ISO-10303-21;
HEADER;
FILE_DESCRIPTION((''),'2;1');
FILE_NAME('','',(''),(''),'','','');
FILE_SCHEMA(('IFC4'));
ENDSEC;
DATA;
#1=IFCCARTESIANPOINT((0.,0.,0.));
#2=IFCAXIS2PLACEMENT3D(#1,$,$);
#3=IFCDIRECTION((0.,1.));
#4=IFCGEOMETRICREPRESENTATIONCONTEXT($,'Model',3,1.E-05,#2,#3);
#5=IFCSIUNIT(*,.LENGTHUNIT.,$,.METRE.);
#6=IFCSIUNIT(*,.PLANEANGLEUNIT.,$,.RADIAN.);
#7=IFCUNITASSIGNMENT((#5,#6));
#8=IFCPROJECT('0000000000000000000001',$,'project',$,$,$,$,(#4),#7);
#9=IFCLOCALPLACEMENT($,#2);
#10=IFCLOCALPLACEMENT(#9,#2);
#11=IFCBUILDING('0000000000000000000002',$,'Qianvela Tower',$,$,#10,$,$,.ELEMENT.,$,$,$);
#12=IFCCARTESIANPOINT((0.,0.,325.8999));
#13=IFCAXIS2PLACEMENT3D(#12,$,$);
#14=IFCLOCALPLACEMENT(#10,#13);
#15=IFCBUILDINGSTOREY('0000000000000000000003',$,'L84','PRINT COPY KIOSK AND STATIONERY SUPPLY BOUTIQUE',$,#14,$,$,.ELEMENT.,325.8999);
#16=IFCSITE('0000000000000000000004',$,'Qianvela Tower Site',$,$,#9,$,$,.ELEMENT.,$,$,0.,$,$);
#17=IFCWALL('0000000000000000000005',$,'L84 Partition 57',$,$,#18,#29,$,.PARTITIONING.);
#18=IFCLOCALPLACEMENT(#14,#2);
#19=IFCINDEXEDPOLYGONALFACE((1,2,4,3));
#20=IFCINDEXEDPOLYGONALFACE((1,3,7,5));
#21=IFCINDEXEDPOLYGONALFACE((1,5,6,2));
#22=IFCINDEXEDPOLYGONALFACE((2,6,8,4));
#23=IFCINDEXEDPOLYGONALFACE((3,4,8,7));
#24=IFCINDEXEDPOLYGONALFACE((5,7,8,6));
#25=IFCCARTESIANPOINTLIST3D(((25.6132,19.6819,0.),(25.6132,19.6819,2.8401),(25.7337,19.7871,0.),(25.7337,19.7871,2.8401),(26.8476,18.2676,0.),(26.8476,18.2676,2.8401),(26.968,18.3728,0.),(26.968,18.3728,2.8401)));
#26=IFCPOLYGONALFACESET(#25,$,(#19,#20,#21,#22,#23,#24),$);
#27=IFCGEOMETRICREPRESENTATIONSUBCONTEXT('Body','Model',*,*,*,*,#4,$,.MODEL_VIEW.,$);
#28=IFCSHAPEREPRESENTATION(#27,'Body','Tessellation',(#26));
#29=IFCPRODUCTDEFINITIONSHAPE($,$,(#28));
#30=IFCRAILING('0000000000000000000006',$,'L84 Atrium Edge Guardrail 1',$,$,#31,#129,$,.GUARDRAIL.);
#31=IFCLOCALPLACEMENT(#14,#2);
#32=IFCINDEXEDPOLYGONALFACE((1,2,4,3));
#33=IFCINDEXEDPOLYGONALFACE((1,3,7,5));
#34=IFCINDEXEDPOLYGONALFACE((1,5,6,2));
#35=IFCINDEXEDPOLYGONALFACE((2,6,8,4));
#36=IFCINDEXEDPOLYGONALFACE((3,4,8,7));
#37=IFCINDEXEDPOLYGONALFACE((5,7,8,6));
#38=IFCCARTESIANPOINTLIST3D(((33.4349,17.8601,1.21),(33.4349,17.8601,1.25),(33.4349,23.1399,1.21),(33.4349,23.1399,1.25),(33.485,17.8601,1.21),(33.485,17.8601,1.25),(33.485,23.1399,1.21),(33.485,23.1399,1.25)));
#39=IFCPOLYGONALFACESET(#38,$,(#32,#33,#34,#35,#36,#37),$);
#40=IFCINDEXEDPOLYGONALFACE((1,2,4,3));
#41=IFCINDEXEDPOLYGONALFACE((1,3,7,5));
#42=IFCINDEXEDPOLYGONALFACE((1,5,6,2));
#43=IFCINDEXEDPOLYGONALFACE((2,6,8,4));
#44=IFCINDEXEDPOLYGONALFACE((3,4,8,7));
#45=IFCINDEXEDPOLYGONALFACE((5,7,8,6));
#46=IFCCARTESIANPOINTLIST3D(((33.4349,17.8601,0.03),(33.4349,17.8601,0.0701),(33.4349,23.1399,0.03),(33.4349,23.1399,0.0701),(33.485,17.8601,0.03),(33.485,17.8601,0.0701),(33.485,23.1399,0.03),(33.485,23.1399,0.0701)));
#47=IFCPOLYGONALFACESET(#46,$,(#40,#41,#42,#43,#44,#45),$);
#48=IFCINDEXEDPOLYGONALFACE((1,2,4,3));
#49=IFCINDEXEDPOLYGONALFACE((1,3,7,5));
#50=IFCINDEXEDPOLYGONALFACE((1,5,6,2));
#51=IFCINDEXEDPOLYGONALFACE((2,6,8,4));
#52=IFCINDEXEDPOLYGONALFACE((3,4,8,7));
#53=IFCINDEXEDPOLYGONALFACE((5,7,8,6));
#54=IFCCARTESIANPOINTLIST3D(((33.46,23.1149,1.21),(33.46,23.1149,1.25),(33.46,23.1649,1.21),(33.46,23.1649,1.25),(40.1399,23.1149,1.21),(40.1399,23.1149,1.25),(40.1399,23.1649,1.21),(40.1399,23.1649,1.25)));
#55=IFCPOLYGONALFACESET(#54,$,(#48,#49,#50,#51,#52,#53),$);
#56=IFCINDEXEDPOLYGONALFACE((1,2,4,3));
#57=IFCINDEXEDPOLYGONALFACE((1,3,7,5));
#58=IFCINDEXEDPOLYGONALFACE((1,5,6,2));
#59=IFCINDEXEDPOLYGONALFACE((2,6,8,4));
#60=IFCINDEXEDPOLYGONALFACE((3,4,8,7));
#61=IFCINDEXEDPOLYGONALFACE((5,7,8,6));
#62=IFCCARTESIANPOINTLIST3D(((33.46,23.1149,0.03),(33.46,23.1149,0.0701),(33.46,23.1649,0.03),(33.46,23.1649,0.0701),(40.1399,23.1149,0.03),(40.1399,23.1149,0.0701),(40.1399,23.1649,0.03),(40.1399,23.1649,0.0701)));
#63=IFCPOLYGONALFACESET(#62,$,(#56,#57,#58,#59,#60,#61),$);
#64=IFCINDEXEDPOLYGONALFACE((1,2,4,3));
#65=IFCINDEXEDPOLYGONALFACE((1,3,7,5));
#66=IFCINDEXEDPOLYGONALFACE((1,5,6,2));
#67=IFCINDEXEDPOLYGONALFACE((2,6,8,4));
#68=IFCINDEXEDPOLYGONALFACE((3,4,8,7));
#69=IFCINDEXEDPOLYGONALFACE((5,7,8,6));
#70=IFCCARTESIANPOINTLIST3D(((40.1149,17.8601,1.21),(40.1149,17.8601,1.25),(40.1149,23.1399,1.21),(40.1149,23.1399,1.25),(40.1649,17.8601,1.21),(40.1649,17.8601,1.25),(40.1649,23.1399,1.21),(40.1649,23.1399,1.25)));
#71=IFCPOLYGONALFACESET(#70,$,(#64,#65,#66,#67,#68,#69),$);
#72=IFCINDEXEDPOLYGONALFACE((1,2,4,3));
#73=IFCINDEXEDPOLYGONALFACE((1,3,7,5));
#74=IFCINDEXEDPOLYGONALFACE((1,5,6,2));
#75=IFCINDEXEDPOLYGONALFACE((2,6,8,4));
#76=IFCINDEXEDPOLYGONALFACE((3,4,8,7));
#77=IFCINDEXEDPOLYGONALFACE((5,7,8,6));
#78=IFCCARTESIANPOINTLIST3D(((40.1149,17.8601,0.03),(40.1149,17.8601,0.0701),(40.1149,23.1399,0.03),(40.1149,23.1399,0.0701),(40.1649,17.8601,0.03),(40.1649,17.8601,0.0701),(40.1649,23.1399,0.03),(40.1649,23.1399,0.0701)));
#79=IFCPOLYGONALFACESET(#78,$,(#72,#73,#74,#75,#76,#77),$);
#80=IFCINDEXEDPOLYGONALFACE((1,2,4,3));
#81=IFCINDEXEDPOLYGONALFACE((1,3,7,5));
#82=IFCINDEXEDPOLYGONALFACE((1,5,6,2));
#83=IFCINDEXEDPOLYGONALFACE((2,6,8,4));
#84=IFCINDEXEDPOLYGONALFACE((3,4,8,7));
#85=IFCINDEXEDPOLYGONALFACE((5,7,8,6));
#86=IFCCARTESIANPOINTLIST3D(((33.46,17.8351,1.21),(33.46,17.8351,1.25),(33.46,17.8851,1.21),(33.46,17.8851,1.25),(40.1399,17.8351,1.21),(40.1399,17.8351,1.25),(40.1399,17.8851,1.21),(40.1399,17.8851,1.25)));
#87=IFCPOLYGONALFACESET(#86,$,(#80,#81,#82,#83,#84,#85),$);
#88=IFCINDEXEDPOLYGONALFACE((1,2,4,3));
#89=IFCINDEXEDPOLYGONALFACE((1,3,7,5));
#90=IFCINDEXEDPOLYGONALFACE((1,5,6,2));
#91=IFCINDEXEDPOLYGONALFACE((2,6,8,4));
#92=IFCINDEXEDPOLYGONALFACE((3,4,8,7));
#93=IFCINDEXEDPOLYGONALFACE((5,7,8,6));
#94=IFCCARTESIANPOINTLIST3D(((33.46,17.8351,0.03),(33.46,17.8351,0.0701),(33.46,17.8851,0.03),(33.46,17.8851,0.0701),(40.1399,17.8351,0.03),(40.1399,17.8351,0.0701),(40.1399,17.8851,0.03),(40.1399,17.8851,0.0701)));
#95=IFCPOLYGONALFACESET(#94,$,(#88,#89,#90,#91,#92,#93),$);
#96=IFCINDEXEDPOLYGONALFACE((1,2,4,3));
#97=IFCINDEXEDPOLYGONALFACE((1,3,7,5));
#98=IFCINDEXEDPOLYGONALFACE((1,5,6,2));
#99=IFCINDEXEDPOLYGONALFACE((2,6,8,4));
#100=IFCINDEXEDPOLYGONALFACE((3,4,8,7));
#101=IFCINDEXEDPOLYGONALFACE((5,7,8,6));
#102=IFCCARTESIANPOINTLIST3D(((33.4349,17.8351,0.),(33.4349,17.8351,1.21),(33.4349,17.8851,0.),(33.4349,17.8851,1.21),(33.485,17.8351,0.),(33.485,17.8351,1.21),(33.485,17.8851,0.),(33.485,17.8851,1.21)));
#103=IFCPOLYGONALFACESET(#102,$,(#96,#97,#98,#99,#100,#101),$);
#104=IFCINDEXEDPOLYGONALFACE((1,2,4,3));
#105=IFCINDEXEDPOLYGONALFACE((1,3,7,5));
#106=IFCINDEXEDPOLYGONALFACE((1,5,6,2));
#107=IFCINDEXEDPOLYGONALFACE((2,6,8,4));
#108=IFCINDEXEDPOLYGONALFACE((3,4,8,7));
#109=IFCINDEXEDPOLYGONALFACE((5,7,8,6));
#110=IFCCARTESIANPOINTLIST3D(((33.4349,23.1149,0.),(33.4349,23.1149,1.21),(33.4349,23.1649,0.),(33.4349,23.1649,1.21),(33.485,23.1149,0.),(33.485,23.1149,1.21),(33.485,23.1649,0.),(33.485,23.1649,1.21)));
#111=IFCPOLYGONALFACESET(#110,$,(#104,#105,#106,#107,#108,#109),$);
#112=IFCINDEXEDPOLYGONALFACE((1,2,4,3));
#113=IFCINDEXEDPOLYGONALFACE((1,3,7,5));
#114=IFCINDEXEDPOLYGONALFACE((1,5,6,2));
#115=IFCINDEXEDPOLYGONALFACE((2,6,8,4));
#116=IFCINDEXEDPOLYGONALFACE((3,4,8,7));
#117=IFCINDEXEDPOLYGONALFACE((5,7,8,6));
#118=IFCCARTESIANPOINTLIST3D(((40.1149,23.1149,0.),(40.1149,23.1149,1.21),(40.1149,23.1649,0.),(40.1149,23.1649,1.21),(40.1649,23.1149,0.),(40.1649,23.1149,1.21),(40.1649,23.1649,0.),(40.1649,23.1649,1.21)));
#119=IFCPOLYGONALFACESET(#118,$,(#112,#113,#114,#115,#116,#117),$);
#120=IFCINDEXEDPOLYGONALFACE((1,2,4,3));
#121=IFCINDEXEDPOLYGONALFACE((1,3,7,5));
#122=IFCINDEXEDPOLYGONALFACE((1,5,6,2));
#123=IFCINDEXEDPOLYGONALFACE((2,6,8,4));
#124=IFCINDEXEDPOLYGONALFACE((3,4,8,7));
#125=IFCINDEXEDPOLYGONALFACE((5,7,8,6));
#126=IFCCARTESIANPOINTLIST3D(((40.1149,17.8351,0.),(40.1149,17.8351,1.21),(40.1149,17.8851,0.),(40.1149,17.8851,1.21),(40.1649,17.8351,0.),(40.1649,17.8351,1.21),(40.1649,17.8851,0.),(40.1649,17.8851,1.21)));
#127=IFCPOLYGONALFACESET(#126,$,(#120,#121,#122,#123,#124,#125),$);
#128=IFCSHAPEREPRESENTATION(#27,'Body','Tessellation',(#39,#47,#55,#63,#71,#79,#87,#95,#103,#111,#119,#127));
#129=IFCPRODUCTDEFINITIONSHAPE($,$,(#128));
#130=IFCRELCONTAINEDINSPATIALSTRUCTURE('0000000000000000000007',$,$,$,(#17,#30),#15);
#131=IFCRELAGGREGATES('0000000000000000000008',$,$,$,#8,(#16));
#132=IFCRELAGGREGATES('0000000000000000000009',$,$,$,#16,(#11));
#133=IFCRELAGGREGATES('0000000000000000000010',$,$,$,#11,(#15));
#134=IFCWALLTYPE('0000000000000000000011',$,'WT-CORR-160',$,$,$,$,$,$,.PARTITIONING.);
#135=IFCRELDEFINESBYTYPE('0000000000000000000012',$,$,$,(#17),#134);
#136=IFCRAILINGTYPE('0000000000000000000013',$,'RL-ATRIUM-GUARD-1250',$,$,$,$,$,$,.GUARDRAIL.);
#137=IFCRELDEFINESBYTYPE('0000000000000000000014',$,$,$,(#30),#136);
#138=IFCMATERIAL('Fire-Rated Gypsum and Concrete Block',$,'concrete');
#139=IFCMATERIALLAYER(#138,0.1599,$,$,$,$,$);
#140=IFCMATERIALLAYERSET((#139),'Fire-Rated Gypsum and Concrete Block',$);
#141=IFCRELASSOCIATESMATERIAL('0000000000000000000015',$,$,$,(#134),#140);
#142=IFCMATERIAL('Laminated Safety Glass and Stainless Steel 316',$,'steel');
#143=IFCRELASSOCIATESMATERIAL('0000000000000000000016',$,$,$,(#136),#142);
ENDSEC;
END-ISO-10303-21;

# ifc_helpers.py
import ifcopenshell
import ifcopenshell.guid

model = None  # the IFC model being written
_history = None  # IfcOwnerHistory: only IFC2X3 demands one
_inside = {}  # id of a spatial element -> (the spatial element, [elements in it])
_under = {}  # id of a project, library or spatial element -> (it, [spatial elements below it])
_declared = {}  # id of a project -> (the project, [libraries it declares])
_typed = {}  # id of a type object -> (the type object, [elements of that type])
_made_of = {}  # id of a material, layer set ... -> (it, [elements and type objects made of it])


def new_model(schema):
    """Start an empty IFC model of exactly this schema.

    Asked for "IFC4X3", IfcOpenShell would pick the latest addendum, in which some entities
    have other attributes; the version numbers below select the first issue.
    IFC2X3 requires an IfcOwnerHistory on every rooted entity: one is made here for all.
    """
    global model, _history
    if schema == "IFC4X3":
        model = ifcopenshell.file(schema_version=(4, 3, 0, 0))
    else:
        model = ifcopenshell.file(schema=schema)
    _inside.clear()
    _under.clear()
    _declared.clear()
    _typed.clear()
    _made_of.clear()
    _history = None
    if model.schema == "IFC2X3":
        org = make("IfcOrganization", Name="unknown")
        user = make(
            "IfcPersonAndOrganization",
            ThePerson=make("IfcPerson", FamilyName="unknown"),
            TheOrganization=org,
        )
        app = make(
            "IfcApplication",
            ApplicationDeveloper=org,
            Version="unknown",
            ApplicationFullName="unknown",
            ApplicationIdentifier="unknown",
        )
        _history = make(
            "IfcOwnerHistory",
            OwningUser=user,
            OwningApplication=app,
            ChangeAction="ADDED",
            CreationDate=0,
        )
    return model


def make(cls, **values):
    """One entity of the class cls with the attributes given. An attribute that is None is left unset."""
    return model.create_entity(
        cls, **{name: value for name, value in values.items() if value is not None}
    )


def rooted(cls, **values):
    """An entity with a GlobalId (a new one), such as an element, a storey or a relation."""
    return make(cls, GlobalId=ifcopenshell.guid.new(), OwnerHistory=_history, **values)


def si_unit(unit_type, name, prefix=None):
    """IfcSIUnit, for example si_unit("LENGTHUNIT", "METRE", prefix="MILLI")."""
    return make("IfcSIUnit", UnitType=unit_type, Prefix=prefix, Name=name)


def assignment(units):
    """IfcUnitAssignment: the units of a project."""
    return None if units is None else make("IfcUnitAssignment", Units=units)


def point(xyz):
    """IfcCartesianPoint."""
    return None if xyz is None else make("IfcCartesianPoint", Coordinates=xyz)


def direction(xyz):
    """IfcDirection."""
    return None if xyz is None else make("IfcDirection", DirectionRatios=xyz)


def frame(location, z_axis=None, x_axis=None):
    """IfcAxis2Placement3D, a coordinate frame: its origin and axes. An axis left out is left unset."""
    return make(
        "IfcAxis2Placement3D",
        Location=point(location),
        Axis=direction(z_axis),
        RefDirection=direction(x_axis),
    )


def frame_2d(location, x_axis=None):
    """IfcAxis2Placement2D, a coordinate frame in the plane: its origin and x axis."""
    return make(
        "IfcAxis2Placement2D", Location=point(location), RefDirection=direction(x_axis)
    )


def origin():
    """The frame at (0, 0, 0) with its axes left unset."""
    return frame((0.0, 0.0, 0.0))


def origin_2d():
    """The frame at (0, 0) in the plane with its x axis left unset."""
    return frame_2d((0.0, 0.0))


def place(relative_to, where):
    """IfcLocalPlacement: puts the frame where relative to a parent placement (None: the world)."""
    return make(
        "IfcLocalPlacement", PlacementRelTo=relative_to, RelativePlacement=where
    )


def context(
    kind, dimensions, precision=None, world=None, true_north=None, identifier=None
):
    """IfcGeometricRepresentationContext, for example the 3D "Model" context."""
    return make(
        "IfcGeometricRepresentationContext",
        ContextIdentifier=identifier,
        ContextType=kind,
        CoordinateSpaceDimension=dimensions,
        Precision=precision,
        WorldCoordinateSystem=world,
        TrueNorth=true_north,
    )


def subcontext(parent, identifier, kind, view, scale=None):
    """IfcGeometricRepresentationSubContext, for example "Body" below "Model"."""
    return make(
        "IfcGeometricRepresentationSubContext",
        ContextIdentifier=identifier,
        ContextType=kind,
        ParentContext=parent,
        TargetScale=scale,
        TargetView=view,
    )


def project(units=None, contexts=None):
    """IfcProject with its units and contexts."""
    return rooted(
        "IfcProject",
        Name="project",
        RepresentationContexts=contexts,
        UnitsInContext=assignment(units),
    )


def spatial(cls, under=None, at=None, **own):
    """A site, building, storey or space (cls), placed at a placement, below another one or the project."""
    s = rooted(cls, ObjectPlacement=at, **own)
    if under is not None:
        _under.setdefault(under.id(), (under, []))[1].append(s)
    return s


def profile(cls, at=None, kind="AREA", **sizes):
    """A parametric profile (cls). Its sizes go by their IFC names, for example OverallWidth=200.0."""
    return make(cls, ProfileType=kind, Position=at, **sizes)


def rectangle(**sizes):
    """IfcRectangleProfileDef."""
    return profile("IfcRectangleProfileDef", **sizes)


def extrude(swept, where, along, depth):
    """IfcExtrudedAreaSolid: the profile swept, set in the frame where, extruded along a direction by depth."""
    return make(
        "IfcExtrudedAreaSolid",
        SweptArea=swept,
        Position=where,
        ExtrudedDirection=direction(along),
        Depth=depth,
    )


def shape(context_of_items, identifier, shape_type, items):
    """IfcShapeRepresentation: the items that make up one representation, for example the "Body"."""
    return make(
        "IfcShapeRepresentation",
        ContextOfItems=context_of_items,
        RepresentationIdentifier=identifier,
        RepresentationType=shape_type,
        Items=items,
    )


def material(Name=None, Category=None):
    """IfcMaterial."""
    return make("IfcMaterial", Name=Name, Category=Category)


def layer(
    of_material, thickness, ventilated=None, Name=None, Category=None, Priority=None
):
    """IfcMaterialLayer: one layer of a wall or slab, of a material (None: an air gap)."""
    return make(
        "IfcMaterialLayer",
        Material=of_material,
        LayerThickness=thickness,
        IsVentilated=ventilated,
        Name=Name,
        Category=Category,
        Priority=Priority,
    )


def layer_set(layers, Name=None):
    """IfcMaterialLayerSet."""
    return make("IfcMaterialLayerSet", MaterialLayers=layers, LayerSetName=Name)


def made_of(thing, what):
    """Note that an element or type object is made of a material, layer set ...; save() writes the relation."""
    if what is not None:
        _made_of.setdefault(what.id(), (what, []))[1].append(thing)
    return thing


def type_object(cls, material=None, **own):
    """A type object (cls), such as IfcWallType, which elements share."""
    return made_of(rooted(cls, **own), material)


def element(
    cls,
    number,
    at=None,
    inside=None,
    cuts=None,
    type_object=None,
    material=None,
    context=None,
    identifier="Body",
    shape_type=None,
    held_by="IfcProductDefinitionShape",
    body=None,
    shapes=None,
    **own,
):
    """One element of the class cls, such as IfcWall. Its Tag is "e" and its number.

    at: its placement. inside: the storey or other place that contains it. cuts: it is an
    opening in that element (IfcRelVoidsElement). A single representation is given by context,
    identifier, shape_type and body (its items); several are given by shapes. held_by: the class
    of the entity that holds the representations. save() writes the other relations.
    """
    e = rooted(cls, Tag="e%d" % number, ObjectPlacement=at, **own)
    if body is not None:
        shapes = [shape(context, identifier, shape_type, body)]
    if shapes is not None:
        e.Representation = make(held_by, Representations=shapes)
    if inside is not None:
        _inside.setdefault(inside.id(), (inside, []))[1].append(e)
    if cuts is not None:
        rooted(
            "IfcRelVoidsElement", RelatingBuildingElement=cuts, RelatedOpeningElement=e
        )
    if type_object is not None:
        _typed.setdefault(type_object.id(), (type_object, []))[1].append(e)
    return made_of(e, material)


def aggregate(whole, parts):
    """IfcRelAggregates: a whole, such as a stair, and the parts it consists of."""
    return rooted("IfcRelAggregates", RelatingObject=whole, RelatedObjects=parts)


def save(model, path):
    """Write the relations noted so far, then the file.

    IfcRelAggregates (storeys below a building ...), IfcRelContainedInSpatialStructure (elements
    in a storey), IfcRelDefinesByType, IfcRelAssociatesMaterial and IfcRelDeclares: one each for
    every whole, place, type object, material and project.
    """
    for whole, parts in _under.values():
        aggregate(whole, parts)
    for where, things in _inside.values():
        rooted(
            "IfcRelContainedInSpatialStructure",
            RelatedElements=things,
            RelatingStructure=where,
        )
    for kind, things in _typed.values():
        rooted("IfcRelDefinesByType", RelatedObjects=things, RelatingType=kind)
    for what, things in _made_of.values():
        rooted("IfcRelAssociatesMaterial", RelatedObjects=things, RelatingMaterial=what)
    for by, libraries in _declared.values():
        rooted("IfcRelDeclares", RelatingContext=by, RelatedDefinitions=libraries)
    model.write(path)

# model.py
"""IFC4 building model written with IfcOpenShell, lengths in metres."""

from ifc_helpers import new_model, si_unit, direction, frame, frame_2d, origin, origin_2d, place, context, subcontext, project, spatial, rectangle, extrude, material, layer, layer_set, type_object, element, save


model = new_model("IFC4")

# Units and contexts
model_context = context("Model", 3, precision=1e-05, world=origin(), true_north=direction((0.0, 1.0)))
body_context = subcontext(model_context, "Body", "Model", "MODEL_VIEW")
ifc_project = project(units=[si_unit("LENGTHUNIT", "METRE"), si_unit("PLANEANGLEUNIT", "RADIAN")], contexts=[model_context])

# Site, building, storey
site_placement = place(None, origin())
site = spatial("IfcSite", under=ifc_project, at=site_placement, Name="Qianvela Tower Site", CompositionType="ELEMENT", RefElevation=0.0)
building_placement = place(site_placement, origin())
building = spatial("IfcBuilding", under=site, at=building_placement, Name="Qianvela Tower", CompositionType="ELEMENT")
storey_placement = place(building_placement, frame((0.0, 0.0, 325.8999)))
storey = spatial("IfcBuildingStorey", under=building, at=storey_placement, Name="L84", Description="PRINT COPY KIOSK AND STATIONERY SUPPLY BOUTIQUE", CompositionType="ELEMENT", Elevation=325.8999)

# Shared definitions
ifc_material_1 = material(Name="Fire-Rated Gypsum and Concrete Block", Category="concrete")
ifc_layer_1 = layer(ifc_material_1, 0.1599)
ifc_layer_set_1 = layer_set([ifc_layer_1], Name="Fire-Rated Gypsum and Concrete Block")
wall_type = type_object("IfcWallType", Name="WT-CORR-160", PredefinedType="PARTITIONING", material=ifc_layer_set_1)

# Wall
wall_1_placement = place(storey_placement, frame((26.9077, 18.3203, 0.0), z_axis=(0.0, 0.0, 1.0), x_axis=(-0.657556, 0.753406, 0.0)))
element("IfcWall", 1, at=wall_1_placement, inside=storey, type_object=wall_type, Name="L84 Partition 57", PredefinedType="PARTITIONING", context=body_context, shape_type="SweptSolid", body=[
    extrude(rectangle(XDim=1.8772, YDim=0.1599, at=frame_2d((0.9385, 0.0))), origin(), (0.0, 0.0, 1.0), 2.8401),
])

# Railing
ifc_material_2 = material(Name="Laminated Safety Glass and Stainless Steel 316", Category="steel")
railing_type = type_object("IfcRailingType", Name="RL-ATRIUM-GUARD-1250", PredefinedType="GUARDRAIL", material=ifc_material_2)
railing_placement = place(storey_placement, frame((33.46, 17.8601, 0.0)))
element("IfcRailing", 2, at=railing_placement, inside=storey, type_object=railing_type, Name="L84 Atrium Edge Guardrail 1", PredefinedType="GUARDRAIL", context=body_context, shape_type="SweptSolid", body=[
    extrude(rectangle(XDim=0.05, YDim=0.04, at=origin_2d()), frame((0.0, 0.0, 1.23), z_axis=(0.0, 1.0, 0.0), x_axis=(-1.0, 0.0, 0.0)), (0.0, 0.0, 1.0), 5.2798),
    extrude(rectangle(XDim=0.05, YDim=0.04, at=origin_2d()), frame((0.0, 0.0, 0.05), z_axis=(0.0, 1.0, 0.0), x_axis=(-1.0, 0.0, 0.0)), (0.0, 0.0, 1.0), 5.2798),
    extrude(rectangle(XDim=0.05, YDim=0.04, at=origin_2d()), frame((0.0, 5.2798, 1.23), z_axis=(1.0, 0.0, 0.0), x_axis=(0.0, 1.0, 0.0)), (0.0, 0.0, 1.0), 6.6799),
    extrude(rectangle(XDim=0.05, YDim=0.04, at=origin_2d()), frame((0.0, 5.2798, 0.05), z_axis=(1.0, 0.0, 0.0), x_axis=(0.0, 1.0, 0.0)), (0.0, 0.0, 1.0), 6.6799),
    extrude(rectangle(XDim=0.05, YDim=0.04, at=origin_2d()), frame((6.6799, 5.2798, 1.23), z_axis=(0.0, -1.0, 0.0), x_axis=(1.0, 0.0, 0.0)), (0.0, 0.0, 1.0), 5.2798),
    extrude(rectangle(XDim=0.05, YDim=0.04, at=origin_2d()), frame((6.6799, 5.2798, 0.05), z_axis=(0.0, -1.0, 0.0), x_axis=(1.0, 0.0, 0.0)), (0.0, 0.0, 1.0), 5.2798),
    extrude(rectangle(XDim=0.05, YDim=0.04, at=origin_2d()), frame((6.6799, 0.0, 1.23), z_axis=(-1.0, 0.0, 0.0), x_axis=(0.0, -1.0, 0.0)), (0.0, 0.0, 1.0), 6.6799),
    extrude(rectangle(XDim=0.05, YDim=0.04, at=origin_2d()), frame((6.6799, 0.0, 0.05), z_axis=(-1.0, 0.0, 0.0), x_axis=(0.0, -1.0, 0.0)), (0.0, 0.0, 1.0), 6.6799),
    extrude(rectangle(XDim=0.05, YDim=0.05, at=origin_2d()), origin(), (0.0, 0.0, 1.0), 1.21),
    extrude(rectangle(XDim=0.05, YDim=0.05, at=origin_2d()), frame((0.0, 5.2798, 0.0)), (0.0, 0.0, 1.0), 1.21),
    extrude(rectangle(XDim=0.05, YDim=0.05, at=origin_2d()), frame((6.6799, 5.2798, 0.0)), (0.0, 0.0, 1.0), 1.21),
    extrude(rectangle(XDim=0.05, YDim=0.05, at=origin_2d()), frame((6.6799, 0.0, 0.0)), (0.0, 0.0, 1.0), 1.21),
])

save(model, "model.ifc")
